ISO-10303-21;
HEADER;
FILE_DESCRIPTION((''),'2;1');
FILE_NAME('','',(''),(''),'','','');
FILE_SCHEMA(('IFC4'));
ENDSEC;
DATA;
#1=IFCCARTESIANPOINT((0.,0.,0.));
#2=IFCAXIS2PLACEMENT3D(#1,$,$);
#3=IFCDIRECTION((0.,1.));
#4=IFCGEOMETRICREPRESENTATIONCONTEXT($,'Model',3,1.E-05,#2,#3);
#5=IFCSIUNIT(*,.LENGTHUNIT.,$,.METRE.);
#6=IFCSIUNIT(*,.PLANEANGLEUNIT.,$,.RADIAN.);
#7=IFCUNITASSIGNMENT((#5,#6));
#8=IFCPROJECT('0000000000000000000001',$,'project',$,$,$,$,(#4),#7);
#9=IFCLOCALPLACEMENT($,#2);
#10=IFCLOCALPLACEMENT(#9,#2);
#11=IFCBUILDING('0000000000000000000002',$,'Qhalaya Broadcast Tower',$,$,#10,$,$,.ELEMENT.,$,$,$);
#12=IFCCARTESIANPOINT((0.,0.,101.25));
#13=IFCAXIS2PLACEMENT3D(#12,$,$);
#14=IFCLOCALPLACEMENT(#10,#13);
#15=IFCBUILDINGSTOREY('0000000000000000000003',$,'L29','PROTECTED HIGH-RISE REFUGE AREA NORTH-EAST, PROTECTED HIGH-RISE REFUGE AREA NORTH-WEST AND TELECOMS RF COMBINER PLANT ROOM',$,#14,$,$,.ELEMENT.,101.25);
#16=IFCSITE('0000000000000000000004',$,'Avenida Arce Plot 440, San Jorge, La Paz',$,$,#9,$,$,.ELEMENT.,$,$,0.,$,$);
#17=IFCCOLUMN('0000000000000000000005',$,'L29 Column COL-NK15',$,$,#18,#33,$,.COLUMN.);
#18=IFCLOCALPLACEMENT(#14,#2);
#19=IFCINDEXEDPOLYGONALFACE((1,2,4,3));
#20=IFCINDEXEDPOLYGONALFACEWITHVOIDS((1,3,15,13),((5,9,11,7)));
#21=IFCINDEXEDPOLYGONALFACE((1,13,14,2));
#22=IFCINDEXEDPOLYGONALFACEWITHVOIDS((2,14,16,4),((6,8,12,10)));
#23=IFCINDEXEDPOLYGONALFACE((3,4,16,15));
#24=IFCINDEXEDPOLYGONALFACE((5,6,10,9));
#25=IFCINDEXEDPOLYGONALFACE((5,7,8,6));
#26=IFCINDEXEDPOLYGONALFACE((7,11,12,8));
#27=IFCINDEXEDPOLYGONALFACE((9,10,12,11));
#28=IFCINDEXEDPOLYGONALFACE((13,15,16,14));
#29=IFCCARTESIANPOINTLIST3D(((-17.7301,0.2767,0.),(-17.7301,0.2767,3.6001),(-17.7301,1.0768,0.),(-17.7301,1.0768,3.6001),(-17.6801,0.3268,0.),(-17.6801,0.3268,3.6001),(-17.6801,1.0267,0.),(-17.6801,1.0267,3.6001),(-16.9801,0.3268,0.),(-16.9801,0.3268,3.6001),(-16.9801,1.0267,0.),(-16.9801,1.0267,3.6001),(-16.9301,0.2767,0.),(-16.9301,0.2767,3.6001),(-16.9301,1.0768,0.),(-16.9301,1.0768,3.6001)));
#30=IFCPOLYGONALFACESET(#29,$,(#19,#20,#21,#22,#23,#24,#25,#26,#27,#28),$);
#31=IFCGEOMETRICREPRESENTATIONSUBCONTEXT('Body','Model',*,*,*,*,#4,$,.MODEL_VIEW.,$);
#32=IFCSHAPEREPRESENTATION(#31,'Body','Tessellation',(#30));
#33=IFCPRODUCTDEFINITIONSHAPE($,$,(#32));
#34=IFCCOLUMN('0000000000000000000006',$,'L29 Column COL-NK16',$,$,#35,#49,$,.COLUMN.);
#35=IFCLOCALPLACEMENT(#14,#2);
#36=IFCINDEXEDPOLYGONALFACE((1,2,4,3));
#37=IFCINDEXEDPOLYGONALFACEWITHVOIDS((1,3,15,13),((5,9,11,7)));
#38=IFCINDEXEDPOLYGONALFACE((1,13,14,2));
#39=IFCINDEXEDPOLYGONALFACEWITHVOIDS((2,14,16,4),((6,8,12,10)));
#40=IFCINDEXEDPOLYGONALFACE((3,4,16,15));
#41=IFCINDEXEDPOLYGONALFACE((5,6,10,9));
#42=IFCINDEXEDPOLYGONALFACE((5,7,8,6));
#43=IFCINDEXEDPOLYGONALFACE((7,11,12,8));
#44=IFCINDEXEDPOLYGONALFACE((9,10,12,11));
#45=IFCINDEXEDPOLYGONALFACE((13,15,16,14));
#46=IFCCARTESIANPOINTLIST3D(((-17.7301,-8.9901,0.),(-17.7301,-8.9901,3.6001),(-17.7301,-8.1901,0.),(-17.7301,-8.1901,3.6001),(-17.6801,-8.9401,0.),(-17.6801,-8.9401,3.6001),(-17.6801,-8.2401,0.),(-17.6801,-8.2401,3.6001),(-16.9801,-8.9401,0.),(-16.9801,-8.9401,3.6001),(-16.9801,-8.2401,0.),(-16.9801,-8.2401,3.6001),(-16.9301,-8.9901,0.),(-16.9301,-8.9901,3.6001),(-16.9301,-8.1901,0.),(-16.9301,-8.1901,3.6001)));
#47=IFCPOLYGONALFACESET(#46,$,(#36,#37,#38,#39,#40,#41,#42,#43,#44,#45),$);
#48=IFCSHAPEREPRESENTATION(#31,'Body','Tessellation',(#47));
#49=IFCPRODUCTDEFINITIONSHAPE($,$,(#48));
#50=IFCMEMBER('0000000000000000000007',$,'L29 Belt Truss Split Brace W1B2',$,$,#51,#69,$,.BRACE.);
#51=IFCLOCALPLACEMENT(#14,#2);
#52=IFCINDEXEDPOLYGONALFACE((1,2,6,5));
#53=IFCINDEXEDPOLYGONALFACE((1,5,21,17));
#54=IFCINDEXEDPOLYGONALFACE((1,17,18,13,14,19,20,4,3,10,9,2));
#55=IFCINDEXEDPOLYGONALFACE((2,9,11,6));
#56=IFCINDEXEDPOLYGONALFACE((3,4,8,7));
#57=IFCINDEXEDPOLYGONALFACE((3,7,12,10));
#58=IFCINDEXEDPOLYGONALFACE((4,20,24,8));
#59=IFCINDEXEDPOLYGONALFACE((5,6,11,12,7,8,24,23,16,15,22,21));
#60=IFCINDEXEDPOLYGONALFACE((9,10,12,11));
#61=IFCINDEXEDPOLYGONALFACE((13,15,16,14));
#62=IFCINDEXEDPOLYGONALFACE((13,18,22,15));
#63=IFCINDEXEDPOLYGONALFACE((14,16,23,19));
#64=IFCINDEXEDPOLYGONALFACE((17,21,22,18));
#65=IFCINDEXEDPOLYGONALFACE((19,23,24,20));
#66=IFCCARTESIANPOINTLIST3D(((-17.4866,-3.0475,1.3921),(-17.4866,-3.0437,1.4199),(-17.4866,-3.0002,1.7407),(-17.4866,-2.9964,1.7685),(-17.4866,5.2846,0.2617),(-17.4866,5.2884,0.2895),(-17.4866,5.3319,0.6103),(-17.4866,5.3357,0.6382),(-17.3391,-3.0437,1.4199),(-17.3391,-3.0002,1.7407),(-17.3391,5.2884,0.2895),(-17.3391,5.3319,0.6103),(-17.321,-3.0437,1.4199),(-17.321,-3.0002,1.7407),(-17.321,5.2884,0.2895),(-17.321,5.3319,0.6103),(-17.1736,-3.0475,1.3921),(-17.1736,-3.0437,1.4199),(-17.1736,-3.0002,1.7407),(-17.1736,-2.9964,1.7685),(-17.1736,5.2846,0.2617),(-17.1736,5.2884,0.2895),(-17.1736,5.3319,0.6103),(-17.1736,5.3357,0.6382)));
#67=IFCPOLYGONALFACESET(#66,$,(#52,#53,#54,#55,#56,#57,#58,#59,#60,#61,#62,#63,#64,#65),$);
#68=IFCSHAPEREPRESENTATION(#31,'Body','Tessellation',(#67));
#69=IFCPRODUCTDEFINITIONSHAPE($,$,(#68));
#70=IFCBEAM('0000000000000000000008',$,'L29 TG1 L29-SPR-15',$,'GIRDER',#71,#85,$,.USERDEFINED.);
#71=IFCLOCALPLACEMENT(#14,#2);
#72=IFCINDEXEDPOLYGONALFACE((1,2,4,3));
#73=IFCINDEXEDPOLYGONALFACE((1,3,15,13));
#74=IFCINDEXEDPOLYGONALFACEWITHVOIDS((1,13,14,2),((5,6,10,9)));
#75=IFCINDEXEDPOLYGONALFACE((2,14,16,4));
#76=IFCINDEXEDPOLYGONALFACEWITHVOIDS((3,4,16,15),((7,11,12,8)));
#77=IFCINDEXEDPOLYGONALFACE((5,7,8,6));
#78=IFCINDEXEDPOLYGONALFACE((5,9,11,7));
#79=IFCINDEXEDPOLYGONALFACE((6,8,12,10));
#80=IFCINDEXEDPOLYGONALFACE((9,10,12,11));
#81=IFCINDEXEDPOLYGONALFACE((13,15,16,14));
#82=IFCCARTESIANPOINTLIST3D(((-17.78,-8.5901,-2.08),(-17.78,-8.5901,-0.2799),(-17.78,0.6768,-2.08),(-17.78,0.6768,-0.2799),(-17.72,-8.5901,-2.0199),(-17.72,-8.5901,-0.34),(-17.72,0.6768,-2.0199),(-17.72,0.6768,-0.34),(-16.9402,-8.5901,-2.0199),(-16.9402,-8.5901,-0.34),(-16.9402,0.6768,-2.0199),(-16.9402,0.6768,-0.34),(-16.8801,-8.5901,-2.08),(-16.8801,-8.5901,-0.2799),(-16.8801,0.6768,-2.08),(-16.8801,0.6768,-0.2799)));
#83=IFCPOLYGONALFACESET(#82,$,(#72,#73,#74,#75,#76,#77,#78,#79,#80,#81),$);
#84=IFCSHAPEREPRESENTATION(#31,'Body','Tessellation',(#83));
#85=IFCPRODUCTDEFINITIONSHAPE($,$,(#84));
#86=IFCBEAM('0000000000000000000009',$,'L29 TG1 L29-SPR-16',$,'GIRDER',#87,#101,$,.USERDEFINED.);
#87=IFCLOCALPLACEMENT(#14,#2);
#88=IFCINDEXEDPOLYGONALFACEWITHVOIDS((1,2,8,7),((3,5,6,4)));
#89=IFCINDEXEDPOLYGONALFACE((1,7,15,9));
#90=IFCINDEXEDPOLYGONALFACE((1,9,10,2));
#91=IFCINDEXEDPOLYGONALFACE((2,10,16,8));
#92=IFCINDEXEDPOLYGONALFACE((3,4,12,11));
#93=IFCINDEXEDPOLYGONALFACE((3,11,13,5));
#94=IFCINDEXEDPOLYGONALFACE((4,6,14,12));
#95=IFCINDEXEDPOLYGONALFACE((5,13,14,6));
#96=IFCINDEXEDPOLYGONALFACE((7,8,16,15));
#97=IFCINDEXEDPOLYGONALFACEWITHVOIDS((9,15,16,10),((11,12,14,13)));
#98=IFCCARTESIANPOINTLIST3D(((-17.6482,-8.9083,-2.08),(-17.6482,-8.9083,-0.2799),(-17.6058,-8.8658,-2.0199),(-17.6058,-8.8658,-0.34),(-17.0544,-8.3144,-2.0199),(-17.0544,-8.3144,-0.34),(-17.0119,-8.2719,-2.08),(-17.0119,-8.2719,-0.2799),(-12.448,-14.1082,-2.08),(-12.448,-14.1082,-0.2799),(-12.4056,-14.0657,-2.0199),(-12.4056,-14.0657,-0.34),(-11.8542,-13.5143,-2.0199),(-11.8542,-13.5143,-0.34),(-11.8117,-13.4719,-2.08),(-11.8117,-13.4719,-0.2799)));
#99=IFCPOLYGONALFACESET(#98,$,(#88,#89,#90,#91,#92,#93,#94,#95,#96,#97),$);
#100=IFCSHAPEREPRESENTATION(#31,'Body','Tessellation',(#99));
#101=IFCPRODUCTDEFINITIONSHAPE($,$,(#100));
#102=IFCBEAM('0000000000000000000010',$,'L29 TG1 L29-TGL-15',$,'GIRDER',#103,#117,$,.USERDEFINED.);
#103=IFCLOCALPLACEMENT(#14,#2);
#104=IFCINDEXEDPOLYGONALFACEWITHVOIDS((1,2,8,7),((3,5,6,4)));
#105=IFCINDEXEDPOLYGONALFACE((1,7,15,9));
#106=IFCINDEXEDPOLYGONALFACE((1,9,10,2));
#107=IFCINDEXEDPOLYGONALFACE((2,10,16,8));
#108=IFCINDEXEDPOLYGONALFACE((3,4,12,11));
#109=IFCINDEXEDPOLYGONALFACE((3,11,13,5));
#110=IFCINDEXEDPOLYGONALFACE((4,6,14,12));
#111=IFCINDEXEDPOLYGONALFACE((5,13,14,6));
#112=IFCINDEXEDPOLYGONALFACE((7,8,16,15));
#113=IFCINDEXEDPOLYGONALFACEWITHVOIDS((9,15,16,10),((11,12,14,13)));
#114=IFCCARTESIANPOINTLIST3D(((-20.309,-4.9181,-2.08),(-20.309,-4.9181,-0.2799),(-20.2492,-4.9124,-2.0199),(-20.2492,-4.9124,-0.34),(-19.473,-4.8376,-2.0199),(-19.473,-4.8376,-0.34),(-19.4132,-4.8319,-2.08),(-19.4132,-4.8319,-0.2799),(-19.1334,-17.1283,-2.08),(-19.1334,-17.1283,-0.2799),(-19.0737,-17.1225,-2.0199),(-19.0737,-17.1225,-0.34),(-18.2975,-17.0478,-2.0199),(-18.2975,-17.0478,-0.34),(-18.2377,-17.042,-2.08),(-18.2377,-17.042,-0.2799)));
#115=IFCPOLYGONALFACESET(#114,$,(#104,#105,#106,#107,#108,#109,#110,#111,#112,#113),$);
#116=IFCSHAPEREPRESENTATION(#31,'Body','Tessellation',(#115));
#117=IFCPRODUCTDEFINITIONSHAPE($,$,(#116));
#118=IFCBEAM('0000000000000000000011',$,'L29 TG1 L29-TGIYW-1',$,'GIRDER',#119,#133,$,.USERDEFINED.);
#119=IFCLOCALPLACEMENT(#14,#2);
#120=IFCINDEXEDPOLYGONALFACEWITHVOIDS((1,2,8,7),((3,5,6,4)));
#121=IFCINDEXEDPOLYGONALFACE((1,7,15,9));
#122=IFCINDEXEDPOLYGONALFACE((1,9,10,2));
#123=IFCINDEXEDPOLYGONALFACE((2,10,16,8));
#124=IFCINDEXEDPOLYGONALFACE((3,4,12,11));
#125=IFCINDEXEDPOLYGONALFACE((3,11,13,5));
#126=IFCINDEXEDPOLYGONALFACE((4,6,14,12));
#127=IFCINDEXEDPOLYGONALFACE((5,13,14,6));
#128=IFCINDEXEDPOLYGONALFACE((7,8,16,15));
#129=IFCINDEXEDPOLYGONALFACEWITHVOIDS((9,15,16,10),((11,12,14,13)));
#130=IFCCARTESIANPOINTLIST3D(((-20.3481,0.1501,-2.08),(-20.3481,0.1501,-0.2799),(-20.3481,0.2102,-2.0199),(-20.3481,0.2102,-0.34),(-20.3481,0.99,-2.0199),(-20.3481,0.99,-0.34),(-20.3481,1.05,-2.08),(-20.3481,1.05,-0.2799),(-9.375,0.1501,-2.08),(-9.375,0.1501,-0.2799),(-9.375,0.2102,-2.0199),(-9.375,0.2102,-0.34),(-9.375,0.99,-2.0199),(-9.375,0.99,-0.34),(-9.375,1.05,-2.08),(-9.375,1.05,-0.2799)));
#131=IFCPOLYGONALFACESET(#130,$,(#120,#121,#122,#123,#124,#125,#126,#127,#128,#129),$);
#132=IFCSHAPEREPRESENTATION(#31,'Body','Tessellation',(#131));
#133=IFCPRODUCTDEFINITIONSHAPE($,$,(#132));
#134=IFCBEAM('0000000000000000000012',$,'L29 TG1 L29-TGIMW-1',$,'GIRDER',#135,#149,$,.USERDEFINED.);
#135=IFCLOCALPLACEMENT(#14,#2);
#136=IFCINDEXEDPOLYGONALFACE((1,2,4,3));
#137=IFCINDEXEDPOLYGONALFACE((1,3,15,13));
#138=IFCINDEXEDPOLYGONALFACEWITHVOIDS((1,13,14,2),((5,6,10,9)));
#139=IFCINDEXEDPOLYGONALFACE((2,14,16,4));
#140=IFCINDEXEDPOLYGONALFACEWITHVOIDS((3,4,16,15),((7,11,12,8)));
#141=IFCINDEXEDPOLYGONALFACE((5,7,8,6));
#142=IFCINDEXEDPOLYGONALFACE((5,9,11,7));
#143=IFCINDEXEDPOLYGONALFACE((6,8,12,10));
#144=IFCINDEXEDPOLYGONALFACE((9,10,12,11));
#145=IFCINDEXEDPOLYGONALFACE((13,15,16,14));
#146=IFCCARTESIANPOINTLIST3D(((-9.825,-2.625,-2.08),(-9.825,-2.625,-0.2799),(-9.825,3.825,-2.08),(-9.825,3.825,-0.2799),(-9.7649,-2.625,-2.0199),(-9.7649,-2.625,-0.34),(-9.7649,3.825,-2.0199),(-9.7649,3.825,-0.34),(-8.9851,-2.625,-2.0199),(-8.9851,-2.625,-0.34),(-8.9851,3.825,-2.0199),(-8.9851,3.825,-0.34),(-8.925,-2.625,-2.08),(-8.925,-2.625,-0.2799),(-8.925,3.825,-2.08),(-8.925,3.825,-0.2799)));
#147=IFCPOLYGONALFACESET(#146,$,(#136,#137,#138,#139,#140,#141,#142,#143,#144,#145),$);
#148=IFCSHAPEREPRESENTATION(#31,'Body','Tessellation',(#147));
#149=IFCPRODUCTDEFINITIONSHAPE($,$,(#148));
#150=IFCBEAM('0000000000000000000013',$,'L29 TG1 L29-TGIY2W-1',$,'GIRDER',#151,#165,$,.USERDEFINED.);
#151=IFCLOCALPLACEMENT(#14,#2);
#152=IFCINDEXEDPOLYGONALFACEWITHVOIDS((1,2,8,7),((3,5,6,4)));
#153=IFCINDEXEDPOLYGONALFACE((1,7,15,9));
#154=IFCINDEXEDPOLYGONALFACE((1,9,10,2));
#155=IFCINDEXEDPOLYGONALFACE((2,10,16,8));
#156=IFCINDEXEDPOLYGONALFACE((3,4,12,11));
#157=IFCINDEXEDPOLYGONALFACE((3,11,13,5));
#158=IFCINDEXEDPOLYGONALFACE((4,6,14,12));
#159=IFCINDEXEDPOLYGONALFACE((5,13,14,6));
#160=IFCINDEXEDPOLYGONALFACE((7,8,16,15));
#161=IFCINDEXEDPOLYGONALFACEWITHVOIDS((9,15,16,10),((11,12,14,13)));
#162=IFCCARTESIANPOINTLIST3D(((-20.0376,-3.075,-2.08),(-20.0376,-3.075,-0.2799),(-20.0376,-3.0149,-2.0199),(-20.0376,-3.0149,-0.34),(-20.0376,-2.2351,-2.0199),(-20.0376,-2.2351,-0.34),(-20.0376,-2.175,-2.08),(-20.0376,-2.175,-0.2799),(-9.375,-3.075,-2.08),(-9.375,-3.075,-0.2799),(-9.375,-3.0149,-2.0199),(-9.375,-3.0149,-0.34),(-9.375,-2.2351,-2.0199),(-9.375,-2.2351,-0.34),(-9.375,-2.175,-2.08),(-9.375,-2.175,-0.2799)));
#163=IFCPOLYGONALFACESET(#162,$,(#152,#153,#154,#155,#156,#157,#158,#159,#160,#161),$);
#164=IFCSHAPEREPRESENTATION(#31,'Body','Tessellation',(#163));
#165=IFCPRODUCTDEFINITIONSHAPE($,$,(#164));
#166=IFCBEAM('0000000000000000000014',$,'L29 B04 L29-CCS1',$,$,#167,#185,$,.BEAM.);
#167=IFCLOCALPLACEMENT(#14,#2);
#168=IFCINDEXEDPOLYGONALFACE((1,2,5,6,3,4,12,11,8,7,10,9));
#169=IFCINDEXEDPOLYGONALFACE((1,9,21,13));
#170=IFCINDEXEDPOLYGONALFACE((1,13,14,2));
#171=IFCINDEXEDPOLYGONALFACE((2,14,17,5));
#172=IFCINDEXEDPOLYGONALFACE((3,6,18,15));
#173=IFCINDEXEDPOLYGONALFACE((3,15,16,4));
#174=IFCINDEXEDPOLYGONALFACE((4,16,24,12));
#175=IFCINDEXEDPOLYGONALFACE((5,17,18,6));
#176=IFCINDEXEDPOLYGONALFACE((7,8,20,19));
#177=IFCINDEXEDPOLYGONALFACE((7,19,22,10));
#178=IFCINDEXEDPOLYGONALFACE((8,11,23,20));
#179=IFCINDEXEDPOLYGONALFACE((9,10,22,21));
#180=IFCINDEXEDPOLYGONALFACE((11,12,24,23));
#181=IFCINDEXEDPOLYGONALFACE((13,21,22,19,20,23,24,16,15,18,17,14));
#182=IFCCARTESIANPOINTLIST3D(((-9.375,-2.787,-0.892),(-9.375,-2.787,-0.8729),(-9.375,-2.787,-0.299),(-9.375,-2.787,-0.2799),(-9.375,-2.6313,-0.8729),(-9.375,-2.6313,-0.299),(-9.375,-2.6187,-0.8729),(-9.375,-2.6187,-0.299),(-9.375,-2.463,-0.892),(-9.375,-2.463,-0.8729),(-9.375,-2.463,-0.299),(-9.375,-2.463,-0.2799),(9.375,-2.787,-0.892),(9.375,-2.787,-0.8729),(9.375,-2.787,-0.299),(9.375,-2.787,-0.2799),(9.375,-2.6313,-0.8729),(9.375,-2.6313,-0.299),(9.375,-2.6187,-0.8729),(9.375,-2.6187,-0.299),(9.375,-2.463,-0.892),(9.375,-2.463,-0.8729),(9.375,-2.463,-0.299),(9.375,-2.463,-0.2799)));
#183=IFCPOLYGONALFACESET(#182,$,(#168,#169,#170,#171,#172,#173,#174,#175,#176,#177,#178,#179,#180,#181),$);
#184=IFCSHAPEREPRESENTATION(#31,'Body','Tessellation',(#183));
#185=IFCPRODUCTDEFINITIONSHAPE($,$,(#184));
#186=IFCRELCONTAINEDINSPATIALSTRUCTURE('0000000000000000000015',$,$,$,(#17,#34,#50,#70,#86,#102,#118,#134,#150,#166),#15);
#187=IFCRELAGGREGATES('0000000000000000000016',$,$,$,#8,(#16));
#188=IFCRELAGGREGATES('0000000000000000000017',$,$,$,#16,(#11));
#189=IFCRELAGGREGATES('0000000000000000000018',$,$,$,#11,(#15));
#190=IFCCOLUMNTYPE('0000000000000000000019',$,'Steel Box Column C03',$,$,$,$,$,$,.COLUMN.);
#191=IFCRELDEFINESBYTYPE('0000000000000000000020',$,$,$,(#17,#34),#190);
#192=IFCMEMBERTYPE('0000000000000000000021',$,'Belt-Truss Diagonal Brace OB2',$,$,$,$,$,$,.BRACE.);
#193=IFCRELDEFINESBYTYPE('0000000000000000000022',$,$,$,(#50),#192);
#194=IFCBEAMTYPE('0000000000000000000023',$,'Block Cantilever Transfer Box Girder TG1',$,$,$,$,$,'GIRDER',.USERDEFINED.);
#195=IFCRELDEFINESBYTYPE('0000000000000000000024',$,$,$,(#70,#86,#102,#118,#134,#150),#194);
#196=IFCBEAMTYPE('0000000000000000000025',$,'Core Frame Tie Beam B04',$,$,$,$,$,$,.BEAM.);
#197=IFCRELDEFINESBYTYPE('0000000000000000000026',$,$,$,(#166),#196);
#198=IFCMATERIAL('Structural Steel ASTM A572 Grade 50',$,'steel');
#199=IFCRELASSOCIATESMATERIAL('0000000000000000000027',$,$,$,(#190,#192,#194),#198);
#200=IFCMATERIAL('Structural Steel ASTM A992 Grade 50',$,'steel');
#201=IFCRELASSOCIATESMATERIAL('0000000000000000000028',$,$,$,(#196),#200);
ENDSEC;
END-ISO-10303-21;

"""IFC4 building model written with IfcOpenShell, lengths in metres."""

from ifc_helpers import new_model, si_unit, direction, frame, origin, origin_2d, place, context, subcontext, project, spatial, hollow_rectangle, i_section, extrude, material, material_profile, profile_set, type_object, element, save


model = new_model("IFC4")

# Units and contexts
model_context = context("Model", 3, precision=1e-05, world=origin(), true_north=direction((0.0, 1.0)))
body_context = subcontext(model_context, "Body", "Model", "MODEL_VIEW")
ifc_project = project(units=[si_unit("LENGTHUNIT", "METRE"), si_unit("PLANEANGLEUNIT", "RADIAN")], contexts=[model_context])

# Site, building, storey
site_placement = place(None, origin())
site = spatial("IfcSite", under=ifc_project, at=site_placement, Name="Avenida Arce Plot 440, San Jorge, La Paz", CompositionType="ELEMENT", RefElevation=0.0)
building_placement = place(site_placement, origin())
building = spatial("IfcBuilding", under=site, at=building_placement, Name="Qhalaya Broadcast Tower", CompositionType="ELEMENT")
storey_placement = place(building_placement, frame((0.0, 0.0, 101.25)))
storey = spatial("IfcBuildingStorey", under=building, at=storey_placement, Name="L29", Description="PROTECTED HIGH-RISE REFUGE AREA NORTH-EAST, PROTECTED HIGH-RISE REFUGE AREA NORTH-WEST AND TELECOMS RF COMBINER PLANT ROOM", CompositionType="ELEMENT", Elevation=101.25)

# Columns
ifc_material_1 = material(Name="Structural Steel ASTM A572 Grade 50", Category="steel")
ifc_material_profile_1 = material_profile(ifc_material_1, hollow_rectangle(XDim=0.8, YDim=0.8, WallThickness=0.05, at=origin_2d()), Name="BOX 800x800x50")
ifc_profile_set_1 = profile_set([ifc_material_profile_1], Name="Structural Steel ASTM A572 Grade 50")
column_type = type_object("IfcColumnType", Name="Steel Box Column C03", PredefinedType="COLUMN", material=ifc_profile_set_1)
for number, where, z_axis, x_axis, name in (
    (1, (-17.3301, 0.6768, 0.0), (0.0, 0.0, 1.0), (0.0, 1.0, 0.0), "L29 Column COL-NK15"),
    (2, (-17.3301, -8.5901, 0.0), (0.0, 0.0, 1.0), (0.0, 1.0, 0.0), "L29 Column COL-NK16"),
):
    element("IfcColumn", number, at=place(storey_placement, frame(where, z_axis=z_axis, x_axis=x_axis)), inside=storey, type_object=column_type, Name=name, PredefinedType="COLUMN", context=body_context, shape_type="SweptSolid", body=[
        extrude(hollow_rectangle(XDim=0.8, YDim=0.8, WallThickness=0.05, at=origin_2d()), origin(), (0.0, 0.0, 1.0), 3.6001),
    ])

# Member
ifc_material_profile_2 = material_profile(ifc_material_1, i_section(OverallWidth=0.313, OverallDepth=0.3799, WebThickness=0.0181, FlangeThickness=0.0281, at=origin_2d()), Name="W12X120")
ifc_profile_set_2 = profile_set([ifc_material_profile_2], Name="Structural Steel ASTM A572 Grade 50")
member_type = type_object("IfcMemberType", Name="Belt-Truss Diagonal Brace OB2", PredefinedType="BRACE", material=ifc_profile_set_2)
member_placement = place(storey_placement, frame((-17.3301, -3.022, 1.5803), z_axis=(0.0, 0.990923, -0.134434), x_axis=(-1.0, 0.0, 0.0)))
element("IfcMember", 3, at=member_placement, inside=storey, type_object=member_type, Name="L29 Belt Truss Split Brace W1B2", PredefinedType="BRACE", context=body_context, shape_type="SweptSolid", body=[
    extrude(i_section(OverallWidth=0.313, OverallDepth=0.3799, WebThickness=0.0181, FlangeThickness=0.0281, at=origin_2d()), origin(), (0.0, 0.0, 1.0), 8.4084),
])

# Beams
ifc_material_profile_3 = material_profile(ifc_material_1, hollow_rectangle(XDim=0.8999, YDim=1.8, WallThickness=0.0601, at=origin_2d()), Name="BOX 900x1800x60")
ifc_profile_set_3 = profile_set([ifc_material_profile_3], Name="Structural Steel ASTM A572 Grade 50")
beam_type_1 = type_object("IfcBeamType", Name="Block Cantilever Transfer Box Girder TG1", ElementType="GIRDER", PredefinedType="USERDEFINED", material=ifc_profile_set_3)
beam_1_placement = place(storey_placement, frame((-17.3301, 0.6768, -1.1799), z_axis=(0.0, -1.0, 0.0), x_axis=(1.0, 0.0, 0.0)))
element("IfcBeam", 4, at=beam_1_placement, inside=storey, type_object=beam_type_1, Name="L29 TG1 L29-SPR-15", ObjectType="GIRDER", PredefinedType="USERDEFINED", context=body_context, shape_type="SweptSolid", body=[
    extrude(hollow_rectangle(XDim=0.8999, YDim=1.8, WallThickness=0.0601, at=origin_2d()), origin(), (0.0, 0.0, 1.0), 9.2668),
])
beam_2_placement = place(storey_placement, frame((-17.3301, -8.5901, -1.1799), z_axis=(0.707123, -0.70709, 0.0), x_axis=(0.70709, 0.707123, 0.0)))
element("IfcBeam", 5, at=beam_2_placement, inside=storey, type_object=beam_type_1, Name="L29 TG1 L29-SPR-16", ObjectType="GIRDER", PredefinedType="USERDEFINED", context=body_context, shape_type="SweptSolid", body=[
    extrude(hollow_rectangle(XDim=0.8999, YDim=1.8, WallThickness=0.0601, at=origin_2d()), origin(), (0.0, 0.0, 1.0), 7.354),
])
beam_3_placement = place(storey_placement, frame((-19.8611, -4.875, -1.1799), z_axis=(0.095832, -0.995398, 0.0), x_axis=(0.995398, 0.095832, 0.0)))
element("IfcBeam", 6, at=beam_3_placement, inside=storey, type_object=beam_type_1, Name="L29 TG1 L29-TGL-15", ObjectType="GIRDER", PredefinedType="USERDEFINED", context=body_context, shape_type="SweptSolid", body=[
    extrude(hollow_rectangle(XDim=0.8999, YDim=1.8, WallThickness=0.0601, at=origin_2d()), origin(), (0.0, 0.0, 1.0), 12.2666),
])
beam_4_placement = place(storey_placement, frame((-20.3481, 0.6001, -1.1799), z_axis=(1.0, 0.0, 0.0), x_axis=(0.0, 1.0, 0.0)))
element("IfcBeam", 7, at=beam_4_placement, inside=storey, type_object=beam_type_1, Name="L29 TG1 L29-TGIYW-1", ObjectType="GIRDER", PredefinedType="USERDEFINED", context=body_context, shape_type="SweptSolid", body=[
    extrude(hollow_rectangle(XDim=0.8999, YDim=1.8, WallThickness=0.0601, at=origin_2d()), origin(), (0.0, 0.0, 1.0), 10.9731),
])
beam_5_placement = place(storey_placement, frame((-9.375, -2.625, -1.1799), z_axis=(0.0, 1.0, 0.0), x_axis=(-1.0, 0.0, 0.0)))
element("IfcBeam", 8, at=beam_5_placement, inside=storey, type_object=beam_type_1, Name="L29 TG1 L29-TGIMW-1", ObjectType="GIRDER", PredefinedType="USERDEFINED", context=body_context, shape_type="SweptSolid", body=[
    extrude(hollow_rectangle(XDim=0.8999, YDim=1.8, WallThickness=0.0601, at=origin_2d()), origin(), (0.0, 0.0, 1.0), 6.45),
])
beam_6_placement = place(storey_placement, frame((-20.0376, -2.625, -1.1799), z_axis=(1.0, 0.0, 0.0), x_axis=(0.0, 1.0, 0.0)))
element("IfcBeam", 9, at=beam_6_placement, inside=storey, type_object=beam_type_1, Name="L29 TG1 L29-TGIY2W-1", ObjectType="GIRDER", PredefinedType="USERDEFINED", context=body_context, shape_type="SweptSolid", body=[
    extrude(hollow_rectangle(XDim=0.8999, YDim=1.8, WallThickness=0.0601, at=origin_2d()), origin(), (0.0, 0.0, 1.0), 10.6626),
])
ifc_material_2 = material(Name="Structural Steel ASTM A992 Grade 50", Category="steel")
ifc_material_profile_4 = material_profile(ifc_material_2, i_section(OverallWidth=0.324, OverallDepth=0.6121, WebThickness=0.0127, FlangeThickness=0.019, at=origin_2d()), Name="W24X104")
ifc_profile_set_4 = profile_set([ifc_material_profile_4], Name="Structural Steel ASTM A992 Grade 50")
beam_type_2 = type_object("IfcBeamType", Name="Core Frame Tie Beam B04", PredefinedType="BEAM", material=ifc_profile_set_4)
beam_7_placement = place(storey_placement, frame((-9.375, -2.625, -0.5859), z_axis=(1.0, 0.0, 0.0), x_axis=(0.0, 1.0, 0.0)))
element("IfcBeam", 10, at=beam_7_placement, inside=storey, type_object=beam_type_2, Name="L29 B04 L29-CCS1", PredefinedType="BEAM", context=body_context, shape_type="SweptSolid", body=[
    extrude(i_section(OverallWidth=0.324, OverallDepth=0.6121, WebThickness=0.0127, FlangeThickness=0.019, at=origin_2d()), origin(), (0.0, 0.0, 1.0), 18.75),
])

save(model, "model.ifc")
